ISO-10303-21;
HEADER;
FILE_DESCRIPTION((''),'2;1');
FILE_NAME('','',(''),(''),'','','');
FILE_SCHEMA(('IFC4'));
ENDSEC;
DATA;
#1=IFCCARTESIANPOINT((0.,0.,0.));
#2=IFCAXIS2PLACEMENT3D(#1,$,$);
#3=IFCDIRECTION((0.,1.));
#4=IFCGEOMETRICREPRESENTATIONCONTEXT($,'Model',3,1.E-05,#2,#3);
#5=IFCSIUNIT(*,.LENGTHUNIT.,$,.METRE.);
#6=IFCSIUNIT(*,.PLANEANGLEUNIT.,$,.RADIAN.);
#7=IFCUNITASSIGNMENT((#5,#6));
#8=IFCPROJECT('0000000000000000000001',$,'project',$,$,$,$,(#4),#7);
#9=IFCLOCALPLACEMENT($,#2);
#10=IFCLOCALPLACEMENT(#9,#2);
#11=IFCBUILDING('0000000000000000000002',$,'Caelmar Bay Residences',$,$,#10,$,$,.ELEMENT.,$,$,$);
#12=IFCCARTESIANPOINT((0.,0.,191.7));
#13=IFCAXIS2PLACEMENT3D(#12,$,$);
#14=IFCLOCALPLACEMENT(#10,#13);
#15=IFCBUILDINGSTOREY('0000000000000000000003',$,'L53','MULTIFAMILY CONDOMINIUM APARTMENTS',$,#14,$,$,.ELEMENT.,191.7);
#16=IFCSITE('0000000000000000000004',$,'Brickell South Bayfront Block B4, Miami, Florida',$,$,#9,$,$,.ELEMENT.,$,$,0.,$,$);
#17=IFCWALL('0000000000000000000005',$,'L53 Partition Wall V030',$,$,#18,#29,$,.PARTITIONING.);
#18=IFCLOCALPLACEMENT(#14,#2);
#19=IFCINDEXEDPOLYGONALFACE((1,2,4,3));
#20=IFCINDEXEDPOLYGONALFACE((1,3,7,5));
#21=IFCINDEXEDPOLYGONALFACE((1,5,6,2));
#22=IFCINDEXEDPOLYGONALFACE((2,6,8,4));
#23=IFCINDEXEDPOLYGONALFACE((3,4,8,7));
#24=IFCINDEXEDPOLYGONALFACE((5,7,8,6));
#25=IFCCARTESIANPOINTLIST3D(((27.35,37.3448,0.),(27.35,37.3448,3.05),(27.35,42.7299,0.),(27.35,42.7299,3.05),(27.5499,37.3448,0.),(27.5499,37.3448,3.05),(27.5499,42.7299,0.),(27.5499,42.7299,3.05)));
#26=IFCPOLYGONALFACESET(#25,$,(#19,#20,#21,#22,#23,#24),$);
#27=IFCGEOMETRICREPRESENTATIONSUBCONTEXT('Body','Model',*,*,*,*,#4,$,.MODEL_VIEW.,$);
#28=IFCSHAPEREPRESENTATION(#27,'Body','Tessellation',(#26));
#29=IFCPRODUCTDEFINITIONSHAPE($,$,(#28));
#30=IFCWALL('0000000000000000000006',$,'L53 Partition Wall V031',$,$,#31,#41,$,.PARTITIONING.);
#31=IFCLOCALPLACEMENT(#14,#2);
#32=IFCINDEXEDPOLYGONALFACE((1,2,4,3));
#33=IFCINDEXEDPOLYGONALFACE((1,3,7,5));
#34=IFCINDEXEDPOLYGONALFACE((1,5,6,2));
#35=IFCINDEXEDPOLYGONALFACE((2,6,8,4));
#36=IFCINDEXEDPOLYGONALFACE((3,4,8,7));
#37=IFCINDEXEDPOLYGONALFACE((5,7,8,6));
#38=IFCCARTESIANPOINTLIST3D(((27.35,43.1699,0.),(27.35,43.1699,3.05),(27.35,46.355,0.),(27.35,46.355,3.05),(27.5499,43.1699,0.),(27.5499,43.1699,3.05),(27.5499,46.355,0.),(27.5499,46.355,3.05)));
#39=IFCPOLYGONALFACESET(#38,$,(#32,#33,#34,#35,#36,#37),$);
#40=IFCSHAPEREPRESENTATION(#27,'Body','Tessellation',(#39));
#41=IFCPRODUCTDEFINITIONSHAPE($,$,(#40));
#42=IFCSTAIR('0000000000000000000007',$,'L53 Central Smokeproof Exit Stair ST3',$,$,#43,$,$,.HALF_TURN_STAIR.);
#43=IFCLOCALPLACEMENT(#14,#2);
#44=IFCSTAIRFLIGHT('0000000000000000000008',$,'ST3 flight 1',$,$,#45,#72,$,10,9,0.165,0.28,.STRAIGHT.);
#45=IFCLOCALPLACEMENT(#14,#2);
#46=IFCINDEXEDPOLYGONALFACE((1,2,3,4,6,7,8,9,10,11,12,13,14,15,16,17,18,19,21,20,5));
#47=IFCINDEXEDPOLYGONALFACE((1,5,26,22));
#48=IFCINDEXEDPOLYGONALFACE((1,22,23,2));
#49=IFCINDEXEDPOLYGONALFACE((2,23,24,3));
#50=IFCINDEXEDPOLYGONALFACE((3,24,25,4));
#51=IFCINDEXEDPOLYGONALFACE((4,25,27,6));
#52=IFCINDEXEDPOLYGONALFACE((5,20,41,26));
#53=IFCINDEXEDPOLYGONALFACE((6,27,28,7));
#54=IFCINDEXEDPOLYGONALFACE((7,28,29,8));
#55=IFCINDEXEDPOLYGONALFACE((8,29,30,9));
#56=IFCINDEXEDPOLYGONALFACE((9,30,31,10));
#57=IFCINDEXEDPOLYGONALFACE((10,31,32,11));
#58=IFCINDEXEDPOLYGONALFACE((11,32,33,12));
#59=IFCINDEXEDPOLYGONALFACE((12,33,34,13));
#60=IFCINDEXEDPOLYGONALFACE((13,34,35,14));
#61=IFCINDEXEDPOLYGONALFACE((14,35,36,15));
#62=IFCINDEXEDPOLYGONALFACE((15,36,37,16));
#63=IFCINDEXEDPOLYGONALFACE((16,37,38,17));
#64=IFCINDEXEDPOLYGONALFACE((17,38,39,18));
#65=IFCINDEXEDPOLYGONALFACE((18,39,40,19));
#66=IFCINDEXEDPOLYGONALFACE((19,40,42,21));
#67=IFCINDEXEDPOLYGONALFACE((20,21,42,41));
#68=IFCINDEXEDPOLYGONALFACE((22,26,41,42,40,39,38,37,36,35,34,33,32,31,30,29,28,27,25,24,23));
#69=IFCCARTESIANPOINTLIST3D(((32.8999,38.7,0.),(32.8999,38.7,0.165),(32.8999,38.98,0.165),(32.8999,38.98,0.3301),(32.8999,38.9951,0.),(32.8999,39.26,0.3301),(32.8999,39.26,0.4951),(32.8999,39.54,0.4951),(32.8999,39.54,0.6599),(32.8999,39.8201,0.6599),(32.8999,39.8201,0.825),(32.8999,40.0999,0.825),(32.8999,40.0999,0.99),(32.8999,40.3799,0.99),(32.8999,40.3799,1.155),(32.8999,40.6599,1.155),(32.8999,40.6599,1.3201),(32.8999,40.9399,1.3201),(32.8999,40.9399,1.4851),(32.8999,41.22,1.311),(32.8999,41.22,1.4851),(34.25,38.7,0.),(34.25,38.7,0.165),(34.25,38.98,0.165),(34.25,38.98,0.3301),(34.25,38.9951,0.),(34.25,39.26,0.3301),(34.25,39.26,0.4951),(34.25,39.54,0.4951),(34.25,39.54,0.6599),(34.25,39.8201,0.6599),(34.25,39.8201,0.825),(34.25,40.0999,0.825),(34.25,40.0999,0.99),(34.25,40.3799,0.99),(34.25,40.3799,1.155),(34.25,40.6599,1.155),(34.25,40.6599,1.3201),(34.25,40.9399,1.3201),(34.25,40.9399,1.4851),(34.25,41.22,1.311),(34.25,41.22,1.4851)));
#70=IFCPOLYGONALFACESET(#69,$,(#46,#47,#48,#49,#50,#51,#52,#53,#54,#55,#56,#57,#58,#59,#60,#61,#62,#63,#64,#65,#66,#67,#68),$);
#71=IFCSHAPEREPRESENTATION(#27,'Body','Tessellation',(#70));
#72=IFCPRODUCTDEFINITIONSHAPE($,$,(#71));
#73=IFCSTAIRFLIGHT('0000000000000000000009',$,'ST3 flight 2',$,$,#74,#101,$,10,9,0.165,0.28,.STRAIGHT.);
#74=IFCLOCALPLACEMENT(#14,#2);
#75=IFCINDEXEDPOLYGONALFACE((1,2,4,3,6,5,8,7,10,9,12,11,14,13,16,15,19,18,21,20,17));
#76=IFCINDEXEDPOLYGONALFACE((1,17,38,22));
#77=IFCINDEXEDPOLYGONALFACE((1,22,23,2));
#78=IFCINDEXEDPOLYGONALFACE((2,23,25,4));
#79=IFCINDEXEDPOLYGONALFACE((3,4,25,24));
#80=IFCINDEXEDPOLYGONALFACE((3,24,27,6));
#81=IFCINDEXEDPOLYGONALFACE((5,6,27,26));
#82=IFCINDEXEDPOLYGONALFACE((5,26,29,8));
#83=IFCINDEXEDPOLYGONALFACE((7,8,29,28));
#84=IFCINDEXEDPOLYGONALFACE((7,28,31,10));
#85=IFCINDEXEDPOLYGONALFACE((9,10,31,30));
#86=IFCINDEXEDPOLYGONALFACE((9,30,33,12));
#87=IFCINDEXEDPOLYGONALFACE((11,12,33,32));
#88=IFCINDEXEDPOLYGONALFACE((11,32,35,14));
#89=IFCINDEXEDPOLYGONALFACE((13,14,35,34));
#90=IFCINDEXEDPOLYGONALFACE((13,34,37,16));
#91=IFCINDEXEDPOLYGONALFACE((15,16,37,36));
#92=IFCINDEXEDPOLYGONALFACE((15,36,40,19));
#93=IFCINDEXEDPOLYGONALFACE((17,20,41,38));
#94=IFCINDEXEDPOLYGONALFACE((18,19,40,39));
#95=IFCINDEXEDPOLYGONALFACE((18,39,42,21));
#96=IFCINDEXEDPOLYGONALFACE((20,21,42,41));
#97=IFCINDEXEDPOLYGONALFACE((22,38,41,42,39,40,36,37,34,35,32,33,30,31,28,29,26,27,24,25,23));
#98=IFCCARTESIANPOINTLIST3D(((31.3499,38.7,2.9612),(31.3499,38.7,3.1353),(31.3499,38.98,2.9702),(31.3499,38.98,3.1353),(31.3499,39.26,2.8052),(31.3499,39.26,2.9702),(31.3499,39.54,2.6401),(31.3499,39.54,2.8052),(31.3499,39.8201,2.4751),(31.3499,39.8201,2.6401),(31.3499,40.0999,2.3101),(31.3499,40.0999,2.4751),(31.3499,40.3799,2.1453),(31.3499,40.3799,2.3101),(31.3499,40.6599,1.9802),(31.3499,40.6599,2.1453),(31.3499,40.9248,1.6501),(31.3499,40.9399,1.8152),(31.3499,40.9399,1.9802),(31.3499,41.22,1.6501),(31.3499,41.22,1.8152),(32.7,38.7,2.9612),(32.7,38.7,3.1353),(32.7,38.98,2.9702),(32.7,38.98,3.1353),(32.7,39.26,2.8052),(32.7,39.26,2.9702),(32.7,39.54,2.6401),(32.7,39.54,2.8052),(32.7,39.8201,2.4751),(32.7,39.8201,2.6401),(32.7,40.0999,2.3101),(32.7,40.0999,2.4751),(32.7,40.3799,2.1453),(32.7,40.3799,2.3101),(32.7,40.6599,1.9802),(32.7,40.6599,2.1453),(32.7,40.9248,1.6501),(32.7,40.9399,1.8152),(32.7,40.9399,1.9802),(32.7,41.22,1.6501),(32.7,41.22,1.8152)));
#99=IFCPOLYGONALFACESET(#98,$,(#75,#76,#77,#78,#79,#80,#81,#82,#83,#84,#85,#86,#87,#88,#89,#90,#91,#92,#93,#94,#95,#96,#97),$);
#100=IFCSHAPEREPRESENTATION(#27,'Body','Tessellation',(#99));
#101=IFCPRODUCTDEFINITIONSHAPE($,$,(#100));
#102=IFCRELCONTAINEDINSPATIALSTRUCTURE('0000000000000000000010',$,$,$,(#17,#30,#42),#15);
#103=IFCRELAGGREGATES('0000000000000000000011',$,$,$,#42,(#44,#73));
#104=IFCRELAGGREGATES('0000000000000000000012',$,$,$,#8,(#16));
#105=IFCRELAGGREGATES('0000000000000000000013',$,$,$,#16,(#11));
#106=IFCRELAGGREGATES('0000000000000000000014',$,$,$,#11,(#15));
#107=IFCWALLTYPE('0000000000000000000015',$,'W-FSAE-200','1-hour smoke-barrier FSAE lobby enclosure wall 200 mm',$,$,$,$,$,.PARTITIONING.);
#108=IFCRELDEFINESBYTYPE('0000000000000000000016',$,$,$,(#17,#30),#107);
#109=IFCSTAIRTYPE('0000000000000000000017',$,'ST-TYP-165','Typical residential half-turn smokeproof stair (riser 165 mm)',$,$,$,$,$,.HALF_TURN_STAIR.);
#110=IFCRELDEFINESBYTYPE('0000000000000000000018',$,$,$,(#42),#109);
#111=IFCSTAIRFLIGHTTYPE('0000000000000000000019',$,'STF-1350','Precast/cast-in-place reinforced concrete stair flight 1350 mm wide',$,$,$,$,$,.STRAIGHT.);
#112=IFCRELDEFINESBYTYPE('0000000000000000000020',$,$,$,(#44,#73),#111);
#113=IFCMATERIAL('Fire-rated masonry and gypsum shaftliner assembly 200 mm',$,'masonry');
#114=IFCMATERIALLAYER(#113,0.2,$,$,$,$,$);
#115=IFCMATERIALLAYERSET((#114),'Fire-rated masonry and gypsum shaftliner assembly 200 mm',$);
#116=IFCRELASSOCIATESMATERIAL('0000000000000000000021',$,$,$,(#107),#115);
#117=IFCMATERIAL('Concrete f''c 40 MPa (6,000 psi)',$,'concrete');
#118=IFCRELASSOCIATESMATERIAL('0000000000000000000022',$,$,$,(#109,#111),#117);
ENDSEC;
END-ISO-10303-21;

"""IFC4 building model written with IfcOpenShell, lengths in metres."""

from ifc_helpers import new_model, si_unit, direction, frame, frame_2d, origin, place, context, subcontext, project, spatial, polyline, rectangle, outline, extrude, material, layer, layer_set, type_object, element, aggregate, save


model = new_model("IFC4")

# Units and contexts
model_context = context("Model", 3, precision=1e-05, world=origin(), true_north=direction((0.0, 1.0)))
body_context = subcontext(model_context, "Body", "Model", "MODEL_VIEW")
ifc_project = project(units=[si_unit("LENGTHUNIT", "METRE"), si_unit("PLANEANGLEUNIT", "RADIAN")], contexts=[model_context])

# Site, building, storey
site_placement = place(None, origin())
site = spatial("IfcSite", under=ifc_project, at=site_placement, Name="Brickell South Bayfront Block B4, Miami, Florida", CompositionType="ELEMENT", RefElevation=0.0)
building_placement = place(site_placement, origin())
building = spatial("IfcBuilding", under=site, at=building_placement, Name="Caelmar Bay Residences", CompositionType="ELEMENT")
storey_placement = place(building_placement, frame((0.0, 0.0, 191.7)))
storey = spatial("IfcBuildingStorey", under=building, at=storey_placement, Name="L53", Description="MULTIFAMILY CONDOMINIUM APARTMENTS", CompositionType="ELEMENT", Elevation=191.7)

# Walls
ifc_material_1 = material(Name="Fire-rated masonry and gypsum shaftliner assembly 200 mm", Category="masonry")
ifc_layer_1 = layer(ifc_material_1, 0.2)
ifc_layer_set_1 = layer_set([ifc_layer_1], Name="Fire-rated masonry and gypsum shaftliner assembly 200 mm")
wall_type_1 = type_object("IfcWallType", Name="W-FSAE-200", Description="1-hour smoke-barrier FSAE lobby enclosure wall 200 mm", PredefinedType="PARTITIONING", material=ifc_layer_set_1)
wall_1_placement = place(storey_placement, frame((27.45, 37.345, 0.0), z_axis=(0.0, 0.0, 1.0), x_axis=(0.0, 1.0, 0.0)))
element("IfcWall", 1, at=wall_1_placement, inside=storey, type_object=wall_type_1, Name="L53 Partition Wall V030", PredefinedType="PARTITIONING", context=body_context, shape_type="SweptSolid", body=[
    extrude(rectangle(XDim=5.385, YDim=0.2, at=frame_2d((2.6924, 0.0))), origin(), (0.0, 0.0, 1.0), 3.05),
])
wall_2_placement = place(storey_placement, frame((27.45, 43.1699, 0.0), z_axis=(0.0, 0.0, 1.0), x_axis=(0.0, 1.0, 0.0)))
element("IfcWall", 2, at=wall_2_placement, inside=storey, type_object=wall_type_1, Name="L53 Partition Wall V031", PredefinedType="PARTITIONING", context=body_context, shape_type="SweptSolid", body=[
    extrude(rectangle(XDim=3.1851, YDim=0.2, at=frame_2d((1.5925, 0.0))), origin(), (0.0, 0.0, 1.0), 3.05),
])

# Stair, stair flights
ifc_material_2 = material(Name="Concrete f'c 40 MPa (6,000 psi)", Category="concrete")
stair_type = type_object("IfcStairType", Name="ST-TYP-165", Description="Typical residential half-turn smokeproof stair (riser 165 mm)", PredefinedType="HALF_TURN_STAIR", material=ifc_material_2)
stair_placement = place(storey_placement, origin())
stair = element("IfcStair", 3, at=stair_placement, inside=storey, type_object=stair_type, Name="L53 Central Smokeproof Exit Stair ST3", PredefinedType="HALF_TURN_STAIR")
stair_flight_type = type_object("IfcStairFlightType", Name="STF-1350", Description="Precast/cast-in-place reinforced concrete stair flight 1350 mm wide", PredefinedType="STRAIGHT", material=ifc_material_2)
stair_flight_1_placement = place(storey_placement, frame((33.575, 38.7, 0.0), z_axis=(0.0, 0.0, 1.0), x_axis=(0.0, 1.0, 0.0)))
stair_flight_1 = element("IfcStairFlight", 4, at=stair_flight_1_placement, type_object=stair_flight_type, Name="ST3 flight 1", NumberOfRisers=10, NumberOfTreads=9, PredefinedType="STRAIGHT", RiserHeight=0.165, TreadLength=0.28, context=body_context, shape_type="SweptSolid", body=[
    extrude(outline(polyline([(0.0, 0.0), (0.0, 0.165), (0.28, 0.165), (0.28, 0.3301), (0.5601, 0.3301), (0.5601, 0.4951), (0.8401, 0.4951), (0.8401, 0.6599), (1.1201, 0.6599), (1.1201, 0.825), (1.3999, 0.825), (1.3999, 0.99), (1.6799, 0.99), (1.6799, 1.155), (1.96, 1.155), (1.96, 1.3201), (2.24, 1.3201), (2.24, 1.4851), (2.52, 1.4851), (2.52, 1.6499), (2.52, 1.311), (0.2952, 0.0), (0.0, 0.0)])), frame((0.0, 0.675, 0.0), z_axis=(0.0, -1.0, 0.0), x_axis=(1.0, 0.0, 0.0)), (0.0, 0.0, 1.0), 1.3501),
])
stair_flight_2_placement = place(storey_placement, frame((32.0249, 41.22, 1.6501), z_axis=(0.0, 0.0, 1.0), x_axis=(0.0, -1.0, 0.0)))
stair_flight_2 = element("IfcStairFlight", 5, at=stair_flight_2_placement, type_object=stair_flight_type, Name="ST3 flight 2", NumberOfRisers=10, NumberOfTreads=9, PredefinedType="STRAIGHT", RiserHeight=0.165, TreadLength=0.28, context=body_context, shape_type="SweptSolid", body=[
    extrude(outline(polyline([(0.0, 0.0), (0.0, 0.165), (0.28, 0.165), (0.28, 0.3301), (0.5601, 0.3301), (0.5601, 0.4951), (0.8401, 0.4951), (0.8401, 0.6599), (1.1201, 0.6599), (1.1201, 0.825), (1.3999, 0.825), (1.3999, 0.99), (1.6799, 0.99), (1.6799, 1.155), (1.96, 1.155), (1.96, 1.3201), (2.24, 1.3201), (2.24, 1.4851), (2.52, 1.4851), (2.52, 1.6499), (2.52, 1.311), (0.2952, 0.0), (0.0, 0.0)])), frame((0.0, 0.675, 0.0), z_axis=(0.0, -1.0, 0.0), x_axis=(1.0, 0.0, 0.0)), (0.0, 0.0, 1.0), 1.3501),
])
aggregate(stair, [stair_flight_1, stair_flight_2])

save(model, "model.ifc")
